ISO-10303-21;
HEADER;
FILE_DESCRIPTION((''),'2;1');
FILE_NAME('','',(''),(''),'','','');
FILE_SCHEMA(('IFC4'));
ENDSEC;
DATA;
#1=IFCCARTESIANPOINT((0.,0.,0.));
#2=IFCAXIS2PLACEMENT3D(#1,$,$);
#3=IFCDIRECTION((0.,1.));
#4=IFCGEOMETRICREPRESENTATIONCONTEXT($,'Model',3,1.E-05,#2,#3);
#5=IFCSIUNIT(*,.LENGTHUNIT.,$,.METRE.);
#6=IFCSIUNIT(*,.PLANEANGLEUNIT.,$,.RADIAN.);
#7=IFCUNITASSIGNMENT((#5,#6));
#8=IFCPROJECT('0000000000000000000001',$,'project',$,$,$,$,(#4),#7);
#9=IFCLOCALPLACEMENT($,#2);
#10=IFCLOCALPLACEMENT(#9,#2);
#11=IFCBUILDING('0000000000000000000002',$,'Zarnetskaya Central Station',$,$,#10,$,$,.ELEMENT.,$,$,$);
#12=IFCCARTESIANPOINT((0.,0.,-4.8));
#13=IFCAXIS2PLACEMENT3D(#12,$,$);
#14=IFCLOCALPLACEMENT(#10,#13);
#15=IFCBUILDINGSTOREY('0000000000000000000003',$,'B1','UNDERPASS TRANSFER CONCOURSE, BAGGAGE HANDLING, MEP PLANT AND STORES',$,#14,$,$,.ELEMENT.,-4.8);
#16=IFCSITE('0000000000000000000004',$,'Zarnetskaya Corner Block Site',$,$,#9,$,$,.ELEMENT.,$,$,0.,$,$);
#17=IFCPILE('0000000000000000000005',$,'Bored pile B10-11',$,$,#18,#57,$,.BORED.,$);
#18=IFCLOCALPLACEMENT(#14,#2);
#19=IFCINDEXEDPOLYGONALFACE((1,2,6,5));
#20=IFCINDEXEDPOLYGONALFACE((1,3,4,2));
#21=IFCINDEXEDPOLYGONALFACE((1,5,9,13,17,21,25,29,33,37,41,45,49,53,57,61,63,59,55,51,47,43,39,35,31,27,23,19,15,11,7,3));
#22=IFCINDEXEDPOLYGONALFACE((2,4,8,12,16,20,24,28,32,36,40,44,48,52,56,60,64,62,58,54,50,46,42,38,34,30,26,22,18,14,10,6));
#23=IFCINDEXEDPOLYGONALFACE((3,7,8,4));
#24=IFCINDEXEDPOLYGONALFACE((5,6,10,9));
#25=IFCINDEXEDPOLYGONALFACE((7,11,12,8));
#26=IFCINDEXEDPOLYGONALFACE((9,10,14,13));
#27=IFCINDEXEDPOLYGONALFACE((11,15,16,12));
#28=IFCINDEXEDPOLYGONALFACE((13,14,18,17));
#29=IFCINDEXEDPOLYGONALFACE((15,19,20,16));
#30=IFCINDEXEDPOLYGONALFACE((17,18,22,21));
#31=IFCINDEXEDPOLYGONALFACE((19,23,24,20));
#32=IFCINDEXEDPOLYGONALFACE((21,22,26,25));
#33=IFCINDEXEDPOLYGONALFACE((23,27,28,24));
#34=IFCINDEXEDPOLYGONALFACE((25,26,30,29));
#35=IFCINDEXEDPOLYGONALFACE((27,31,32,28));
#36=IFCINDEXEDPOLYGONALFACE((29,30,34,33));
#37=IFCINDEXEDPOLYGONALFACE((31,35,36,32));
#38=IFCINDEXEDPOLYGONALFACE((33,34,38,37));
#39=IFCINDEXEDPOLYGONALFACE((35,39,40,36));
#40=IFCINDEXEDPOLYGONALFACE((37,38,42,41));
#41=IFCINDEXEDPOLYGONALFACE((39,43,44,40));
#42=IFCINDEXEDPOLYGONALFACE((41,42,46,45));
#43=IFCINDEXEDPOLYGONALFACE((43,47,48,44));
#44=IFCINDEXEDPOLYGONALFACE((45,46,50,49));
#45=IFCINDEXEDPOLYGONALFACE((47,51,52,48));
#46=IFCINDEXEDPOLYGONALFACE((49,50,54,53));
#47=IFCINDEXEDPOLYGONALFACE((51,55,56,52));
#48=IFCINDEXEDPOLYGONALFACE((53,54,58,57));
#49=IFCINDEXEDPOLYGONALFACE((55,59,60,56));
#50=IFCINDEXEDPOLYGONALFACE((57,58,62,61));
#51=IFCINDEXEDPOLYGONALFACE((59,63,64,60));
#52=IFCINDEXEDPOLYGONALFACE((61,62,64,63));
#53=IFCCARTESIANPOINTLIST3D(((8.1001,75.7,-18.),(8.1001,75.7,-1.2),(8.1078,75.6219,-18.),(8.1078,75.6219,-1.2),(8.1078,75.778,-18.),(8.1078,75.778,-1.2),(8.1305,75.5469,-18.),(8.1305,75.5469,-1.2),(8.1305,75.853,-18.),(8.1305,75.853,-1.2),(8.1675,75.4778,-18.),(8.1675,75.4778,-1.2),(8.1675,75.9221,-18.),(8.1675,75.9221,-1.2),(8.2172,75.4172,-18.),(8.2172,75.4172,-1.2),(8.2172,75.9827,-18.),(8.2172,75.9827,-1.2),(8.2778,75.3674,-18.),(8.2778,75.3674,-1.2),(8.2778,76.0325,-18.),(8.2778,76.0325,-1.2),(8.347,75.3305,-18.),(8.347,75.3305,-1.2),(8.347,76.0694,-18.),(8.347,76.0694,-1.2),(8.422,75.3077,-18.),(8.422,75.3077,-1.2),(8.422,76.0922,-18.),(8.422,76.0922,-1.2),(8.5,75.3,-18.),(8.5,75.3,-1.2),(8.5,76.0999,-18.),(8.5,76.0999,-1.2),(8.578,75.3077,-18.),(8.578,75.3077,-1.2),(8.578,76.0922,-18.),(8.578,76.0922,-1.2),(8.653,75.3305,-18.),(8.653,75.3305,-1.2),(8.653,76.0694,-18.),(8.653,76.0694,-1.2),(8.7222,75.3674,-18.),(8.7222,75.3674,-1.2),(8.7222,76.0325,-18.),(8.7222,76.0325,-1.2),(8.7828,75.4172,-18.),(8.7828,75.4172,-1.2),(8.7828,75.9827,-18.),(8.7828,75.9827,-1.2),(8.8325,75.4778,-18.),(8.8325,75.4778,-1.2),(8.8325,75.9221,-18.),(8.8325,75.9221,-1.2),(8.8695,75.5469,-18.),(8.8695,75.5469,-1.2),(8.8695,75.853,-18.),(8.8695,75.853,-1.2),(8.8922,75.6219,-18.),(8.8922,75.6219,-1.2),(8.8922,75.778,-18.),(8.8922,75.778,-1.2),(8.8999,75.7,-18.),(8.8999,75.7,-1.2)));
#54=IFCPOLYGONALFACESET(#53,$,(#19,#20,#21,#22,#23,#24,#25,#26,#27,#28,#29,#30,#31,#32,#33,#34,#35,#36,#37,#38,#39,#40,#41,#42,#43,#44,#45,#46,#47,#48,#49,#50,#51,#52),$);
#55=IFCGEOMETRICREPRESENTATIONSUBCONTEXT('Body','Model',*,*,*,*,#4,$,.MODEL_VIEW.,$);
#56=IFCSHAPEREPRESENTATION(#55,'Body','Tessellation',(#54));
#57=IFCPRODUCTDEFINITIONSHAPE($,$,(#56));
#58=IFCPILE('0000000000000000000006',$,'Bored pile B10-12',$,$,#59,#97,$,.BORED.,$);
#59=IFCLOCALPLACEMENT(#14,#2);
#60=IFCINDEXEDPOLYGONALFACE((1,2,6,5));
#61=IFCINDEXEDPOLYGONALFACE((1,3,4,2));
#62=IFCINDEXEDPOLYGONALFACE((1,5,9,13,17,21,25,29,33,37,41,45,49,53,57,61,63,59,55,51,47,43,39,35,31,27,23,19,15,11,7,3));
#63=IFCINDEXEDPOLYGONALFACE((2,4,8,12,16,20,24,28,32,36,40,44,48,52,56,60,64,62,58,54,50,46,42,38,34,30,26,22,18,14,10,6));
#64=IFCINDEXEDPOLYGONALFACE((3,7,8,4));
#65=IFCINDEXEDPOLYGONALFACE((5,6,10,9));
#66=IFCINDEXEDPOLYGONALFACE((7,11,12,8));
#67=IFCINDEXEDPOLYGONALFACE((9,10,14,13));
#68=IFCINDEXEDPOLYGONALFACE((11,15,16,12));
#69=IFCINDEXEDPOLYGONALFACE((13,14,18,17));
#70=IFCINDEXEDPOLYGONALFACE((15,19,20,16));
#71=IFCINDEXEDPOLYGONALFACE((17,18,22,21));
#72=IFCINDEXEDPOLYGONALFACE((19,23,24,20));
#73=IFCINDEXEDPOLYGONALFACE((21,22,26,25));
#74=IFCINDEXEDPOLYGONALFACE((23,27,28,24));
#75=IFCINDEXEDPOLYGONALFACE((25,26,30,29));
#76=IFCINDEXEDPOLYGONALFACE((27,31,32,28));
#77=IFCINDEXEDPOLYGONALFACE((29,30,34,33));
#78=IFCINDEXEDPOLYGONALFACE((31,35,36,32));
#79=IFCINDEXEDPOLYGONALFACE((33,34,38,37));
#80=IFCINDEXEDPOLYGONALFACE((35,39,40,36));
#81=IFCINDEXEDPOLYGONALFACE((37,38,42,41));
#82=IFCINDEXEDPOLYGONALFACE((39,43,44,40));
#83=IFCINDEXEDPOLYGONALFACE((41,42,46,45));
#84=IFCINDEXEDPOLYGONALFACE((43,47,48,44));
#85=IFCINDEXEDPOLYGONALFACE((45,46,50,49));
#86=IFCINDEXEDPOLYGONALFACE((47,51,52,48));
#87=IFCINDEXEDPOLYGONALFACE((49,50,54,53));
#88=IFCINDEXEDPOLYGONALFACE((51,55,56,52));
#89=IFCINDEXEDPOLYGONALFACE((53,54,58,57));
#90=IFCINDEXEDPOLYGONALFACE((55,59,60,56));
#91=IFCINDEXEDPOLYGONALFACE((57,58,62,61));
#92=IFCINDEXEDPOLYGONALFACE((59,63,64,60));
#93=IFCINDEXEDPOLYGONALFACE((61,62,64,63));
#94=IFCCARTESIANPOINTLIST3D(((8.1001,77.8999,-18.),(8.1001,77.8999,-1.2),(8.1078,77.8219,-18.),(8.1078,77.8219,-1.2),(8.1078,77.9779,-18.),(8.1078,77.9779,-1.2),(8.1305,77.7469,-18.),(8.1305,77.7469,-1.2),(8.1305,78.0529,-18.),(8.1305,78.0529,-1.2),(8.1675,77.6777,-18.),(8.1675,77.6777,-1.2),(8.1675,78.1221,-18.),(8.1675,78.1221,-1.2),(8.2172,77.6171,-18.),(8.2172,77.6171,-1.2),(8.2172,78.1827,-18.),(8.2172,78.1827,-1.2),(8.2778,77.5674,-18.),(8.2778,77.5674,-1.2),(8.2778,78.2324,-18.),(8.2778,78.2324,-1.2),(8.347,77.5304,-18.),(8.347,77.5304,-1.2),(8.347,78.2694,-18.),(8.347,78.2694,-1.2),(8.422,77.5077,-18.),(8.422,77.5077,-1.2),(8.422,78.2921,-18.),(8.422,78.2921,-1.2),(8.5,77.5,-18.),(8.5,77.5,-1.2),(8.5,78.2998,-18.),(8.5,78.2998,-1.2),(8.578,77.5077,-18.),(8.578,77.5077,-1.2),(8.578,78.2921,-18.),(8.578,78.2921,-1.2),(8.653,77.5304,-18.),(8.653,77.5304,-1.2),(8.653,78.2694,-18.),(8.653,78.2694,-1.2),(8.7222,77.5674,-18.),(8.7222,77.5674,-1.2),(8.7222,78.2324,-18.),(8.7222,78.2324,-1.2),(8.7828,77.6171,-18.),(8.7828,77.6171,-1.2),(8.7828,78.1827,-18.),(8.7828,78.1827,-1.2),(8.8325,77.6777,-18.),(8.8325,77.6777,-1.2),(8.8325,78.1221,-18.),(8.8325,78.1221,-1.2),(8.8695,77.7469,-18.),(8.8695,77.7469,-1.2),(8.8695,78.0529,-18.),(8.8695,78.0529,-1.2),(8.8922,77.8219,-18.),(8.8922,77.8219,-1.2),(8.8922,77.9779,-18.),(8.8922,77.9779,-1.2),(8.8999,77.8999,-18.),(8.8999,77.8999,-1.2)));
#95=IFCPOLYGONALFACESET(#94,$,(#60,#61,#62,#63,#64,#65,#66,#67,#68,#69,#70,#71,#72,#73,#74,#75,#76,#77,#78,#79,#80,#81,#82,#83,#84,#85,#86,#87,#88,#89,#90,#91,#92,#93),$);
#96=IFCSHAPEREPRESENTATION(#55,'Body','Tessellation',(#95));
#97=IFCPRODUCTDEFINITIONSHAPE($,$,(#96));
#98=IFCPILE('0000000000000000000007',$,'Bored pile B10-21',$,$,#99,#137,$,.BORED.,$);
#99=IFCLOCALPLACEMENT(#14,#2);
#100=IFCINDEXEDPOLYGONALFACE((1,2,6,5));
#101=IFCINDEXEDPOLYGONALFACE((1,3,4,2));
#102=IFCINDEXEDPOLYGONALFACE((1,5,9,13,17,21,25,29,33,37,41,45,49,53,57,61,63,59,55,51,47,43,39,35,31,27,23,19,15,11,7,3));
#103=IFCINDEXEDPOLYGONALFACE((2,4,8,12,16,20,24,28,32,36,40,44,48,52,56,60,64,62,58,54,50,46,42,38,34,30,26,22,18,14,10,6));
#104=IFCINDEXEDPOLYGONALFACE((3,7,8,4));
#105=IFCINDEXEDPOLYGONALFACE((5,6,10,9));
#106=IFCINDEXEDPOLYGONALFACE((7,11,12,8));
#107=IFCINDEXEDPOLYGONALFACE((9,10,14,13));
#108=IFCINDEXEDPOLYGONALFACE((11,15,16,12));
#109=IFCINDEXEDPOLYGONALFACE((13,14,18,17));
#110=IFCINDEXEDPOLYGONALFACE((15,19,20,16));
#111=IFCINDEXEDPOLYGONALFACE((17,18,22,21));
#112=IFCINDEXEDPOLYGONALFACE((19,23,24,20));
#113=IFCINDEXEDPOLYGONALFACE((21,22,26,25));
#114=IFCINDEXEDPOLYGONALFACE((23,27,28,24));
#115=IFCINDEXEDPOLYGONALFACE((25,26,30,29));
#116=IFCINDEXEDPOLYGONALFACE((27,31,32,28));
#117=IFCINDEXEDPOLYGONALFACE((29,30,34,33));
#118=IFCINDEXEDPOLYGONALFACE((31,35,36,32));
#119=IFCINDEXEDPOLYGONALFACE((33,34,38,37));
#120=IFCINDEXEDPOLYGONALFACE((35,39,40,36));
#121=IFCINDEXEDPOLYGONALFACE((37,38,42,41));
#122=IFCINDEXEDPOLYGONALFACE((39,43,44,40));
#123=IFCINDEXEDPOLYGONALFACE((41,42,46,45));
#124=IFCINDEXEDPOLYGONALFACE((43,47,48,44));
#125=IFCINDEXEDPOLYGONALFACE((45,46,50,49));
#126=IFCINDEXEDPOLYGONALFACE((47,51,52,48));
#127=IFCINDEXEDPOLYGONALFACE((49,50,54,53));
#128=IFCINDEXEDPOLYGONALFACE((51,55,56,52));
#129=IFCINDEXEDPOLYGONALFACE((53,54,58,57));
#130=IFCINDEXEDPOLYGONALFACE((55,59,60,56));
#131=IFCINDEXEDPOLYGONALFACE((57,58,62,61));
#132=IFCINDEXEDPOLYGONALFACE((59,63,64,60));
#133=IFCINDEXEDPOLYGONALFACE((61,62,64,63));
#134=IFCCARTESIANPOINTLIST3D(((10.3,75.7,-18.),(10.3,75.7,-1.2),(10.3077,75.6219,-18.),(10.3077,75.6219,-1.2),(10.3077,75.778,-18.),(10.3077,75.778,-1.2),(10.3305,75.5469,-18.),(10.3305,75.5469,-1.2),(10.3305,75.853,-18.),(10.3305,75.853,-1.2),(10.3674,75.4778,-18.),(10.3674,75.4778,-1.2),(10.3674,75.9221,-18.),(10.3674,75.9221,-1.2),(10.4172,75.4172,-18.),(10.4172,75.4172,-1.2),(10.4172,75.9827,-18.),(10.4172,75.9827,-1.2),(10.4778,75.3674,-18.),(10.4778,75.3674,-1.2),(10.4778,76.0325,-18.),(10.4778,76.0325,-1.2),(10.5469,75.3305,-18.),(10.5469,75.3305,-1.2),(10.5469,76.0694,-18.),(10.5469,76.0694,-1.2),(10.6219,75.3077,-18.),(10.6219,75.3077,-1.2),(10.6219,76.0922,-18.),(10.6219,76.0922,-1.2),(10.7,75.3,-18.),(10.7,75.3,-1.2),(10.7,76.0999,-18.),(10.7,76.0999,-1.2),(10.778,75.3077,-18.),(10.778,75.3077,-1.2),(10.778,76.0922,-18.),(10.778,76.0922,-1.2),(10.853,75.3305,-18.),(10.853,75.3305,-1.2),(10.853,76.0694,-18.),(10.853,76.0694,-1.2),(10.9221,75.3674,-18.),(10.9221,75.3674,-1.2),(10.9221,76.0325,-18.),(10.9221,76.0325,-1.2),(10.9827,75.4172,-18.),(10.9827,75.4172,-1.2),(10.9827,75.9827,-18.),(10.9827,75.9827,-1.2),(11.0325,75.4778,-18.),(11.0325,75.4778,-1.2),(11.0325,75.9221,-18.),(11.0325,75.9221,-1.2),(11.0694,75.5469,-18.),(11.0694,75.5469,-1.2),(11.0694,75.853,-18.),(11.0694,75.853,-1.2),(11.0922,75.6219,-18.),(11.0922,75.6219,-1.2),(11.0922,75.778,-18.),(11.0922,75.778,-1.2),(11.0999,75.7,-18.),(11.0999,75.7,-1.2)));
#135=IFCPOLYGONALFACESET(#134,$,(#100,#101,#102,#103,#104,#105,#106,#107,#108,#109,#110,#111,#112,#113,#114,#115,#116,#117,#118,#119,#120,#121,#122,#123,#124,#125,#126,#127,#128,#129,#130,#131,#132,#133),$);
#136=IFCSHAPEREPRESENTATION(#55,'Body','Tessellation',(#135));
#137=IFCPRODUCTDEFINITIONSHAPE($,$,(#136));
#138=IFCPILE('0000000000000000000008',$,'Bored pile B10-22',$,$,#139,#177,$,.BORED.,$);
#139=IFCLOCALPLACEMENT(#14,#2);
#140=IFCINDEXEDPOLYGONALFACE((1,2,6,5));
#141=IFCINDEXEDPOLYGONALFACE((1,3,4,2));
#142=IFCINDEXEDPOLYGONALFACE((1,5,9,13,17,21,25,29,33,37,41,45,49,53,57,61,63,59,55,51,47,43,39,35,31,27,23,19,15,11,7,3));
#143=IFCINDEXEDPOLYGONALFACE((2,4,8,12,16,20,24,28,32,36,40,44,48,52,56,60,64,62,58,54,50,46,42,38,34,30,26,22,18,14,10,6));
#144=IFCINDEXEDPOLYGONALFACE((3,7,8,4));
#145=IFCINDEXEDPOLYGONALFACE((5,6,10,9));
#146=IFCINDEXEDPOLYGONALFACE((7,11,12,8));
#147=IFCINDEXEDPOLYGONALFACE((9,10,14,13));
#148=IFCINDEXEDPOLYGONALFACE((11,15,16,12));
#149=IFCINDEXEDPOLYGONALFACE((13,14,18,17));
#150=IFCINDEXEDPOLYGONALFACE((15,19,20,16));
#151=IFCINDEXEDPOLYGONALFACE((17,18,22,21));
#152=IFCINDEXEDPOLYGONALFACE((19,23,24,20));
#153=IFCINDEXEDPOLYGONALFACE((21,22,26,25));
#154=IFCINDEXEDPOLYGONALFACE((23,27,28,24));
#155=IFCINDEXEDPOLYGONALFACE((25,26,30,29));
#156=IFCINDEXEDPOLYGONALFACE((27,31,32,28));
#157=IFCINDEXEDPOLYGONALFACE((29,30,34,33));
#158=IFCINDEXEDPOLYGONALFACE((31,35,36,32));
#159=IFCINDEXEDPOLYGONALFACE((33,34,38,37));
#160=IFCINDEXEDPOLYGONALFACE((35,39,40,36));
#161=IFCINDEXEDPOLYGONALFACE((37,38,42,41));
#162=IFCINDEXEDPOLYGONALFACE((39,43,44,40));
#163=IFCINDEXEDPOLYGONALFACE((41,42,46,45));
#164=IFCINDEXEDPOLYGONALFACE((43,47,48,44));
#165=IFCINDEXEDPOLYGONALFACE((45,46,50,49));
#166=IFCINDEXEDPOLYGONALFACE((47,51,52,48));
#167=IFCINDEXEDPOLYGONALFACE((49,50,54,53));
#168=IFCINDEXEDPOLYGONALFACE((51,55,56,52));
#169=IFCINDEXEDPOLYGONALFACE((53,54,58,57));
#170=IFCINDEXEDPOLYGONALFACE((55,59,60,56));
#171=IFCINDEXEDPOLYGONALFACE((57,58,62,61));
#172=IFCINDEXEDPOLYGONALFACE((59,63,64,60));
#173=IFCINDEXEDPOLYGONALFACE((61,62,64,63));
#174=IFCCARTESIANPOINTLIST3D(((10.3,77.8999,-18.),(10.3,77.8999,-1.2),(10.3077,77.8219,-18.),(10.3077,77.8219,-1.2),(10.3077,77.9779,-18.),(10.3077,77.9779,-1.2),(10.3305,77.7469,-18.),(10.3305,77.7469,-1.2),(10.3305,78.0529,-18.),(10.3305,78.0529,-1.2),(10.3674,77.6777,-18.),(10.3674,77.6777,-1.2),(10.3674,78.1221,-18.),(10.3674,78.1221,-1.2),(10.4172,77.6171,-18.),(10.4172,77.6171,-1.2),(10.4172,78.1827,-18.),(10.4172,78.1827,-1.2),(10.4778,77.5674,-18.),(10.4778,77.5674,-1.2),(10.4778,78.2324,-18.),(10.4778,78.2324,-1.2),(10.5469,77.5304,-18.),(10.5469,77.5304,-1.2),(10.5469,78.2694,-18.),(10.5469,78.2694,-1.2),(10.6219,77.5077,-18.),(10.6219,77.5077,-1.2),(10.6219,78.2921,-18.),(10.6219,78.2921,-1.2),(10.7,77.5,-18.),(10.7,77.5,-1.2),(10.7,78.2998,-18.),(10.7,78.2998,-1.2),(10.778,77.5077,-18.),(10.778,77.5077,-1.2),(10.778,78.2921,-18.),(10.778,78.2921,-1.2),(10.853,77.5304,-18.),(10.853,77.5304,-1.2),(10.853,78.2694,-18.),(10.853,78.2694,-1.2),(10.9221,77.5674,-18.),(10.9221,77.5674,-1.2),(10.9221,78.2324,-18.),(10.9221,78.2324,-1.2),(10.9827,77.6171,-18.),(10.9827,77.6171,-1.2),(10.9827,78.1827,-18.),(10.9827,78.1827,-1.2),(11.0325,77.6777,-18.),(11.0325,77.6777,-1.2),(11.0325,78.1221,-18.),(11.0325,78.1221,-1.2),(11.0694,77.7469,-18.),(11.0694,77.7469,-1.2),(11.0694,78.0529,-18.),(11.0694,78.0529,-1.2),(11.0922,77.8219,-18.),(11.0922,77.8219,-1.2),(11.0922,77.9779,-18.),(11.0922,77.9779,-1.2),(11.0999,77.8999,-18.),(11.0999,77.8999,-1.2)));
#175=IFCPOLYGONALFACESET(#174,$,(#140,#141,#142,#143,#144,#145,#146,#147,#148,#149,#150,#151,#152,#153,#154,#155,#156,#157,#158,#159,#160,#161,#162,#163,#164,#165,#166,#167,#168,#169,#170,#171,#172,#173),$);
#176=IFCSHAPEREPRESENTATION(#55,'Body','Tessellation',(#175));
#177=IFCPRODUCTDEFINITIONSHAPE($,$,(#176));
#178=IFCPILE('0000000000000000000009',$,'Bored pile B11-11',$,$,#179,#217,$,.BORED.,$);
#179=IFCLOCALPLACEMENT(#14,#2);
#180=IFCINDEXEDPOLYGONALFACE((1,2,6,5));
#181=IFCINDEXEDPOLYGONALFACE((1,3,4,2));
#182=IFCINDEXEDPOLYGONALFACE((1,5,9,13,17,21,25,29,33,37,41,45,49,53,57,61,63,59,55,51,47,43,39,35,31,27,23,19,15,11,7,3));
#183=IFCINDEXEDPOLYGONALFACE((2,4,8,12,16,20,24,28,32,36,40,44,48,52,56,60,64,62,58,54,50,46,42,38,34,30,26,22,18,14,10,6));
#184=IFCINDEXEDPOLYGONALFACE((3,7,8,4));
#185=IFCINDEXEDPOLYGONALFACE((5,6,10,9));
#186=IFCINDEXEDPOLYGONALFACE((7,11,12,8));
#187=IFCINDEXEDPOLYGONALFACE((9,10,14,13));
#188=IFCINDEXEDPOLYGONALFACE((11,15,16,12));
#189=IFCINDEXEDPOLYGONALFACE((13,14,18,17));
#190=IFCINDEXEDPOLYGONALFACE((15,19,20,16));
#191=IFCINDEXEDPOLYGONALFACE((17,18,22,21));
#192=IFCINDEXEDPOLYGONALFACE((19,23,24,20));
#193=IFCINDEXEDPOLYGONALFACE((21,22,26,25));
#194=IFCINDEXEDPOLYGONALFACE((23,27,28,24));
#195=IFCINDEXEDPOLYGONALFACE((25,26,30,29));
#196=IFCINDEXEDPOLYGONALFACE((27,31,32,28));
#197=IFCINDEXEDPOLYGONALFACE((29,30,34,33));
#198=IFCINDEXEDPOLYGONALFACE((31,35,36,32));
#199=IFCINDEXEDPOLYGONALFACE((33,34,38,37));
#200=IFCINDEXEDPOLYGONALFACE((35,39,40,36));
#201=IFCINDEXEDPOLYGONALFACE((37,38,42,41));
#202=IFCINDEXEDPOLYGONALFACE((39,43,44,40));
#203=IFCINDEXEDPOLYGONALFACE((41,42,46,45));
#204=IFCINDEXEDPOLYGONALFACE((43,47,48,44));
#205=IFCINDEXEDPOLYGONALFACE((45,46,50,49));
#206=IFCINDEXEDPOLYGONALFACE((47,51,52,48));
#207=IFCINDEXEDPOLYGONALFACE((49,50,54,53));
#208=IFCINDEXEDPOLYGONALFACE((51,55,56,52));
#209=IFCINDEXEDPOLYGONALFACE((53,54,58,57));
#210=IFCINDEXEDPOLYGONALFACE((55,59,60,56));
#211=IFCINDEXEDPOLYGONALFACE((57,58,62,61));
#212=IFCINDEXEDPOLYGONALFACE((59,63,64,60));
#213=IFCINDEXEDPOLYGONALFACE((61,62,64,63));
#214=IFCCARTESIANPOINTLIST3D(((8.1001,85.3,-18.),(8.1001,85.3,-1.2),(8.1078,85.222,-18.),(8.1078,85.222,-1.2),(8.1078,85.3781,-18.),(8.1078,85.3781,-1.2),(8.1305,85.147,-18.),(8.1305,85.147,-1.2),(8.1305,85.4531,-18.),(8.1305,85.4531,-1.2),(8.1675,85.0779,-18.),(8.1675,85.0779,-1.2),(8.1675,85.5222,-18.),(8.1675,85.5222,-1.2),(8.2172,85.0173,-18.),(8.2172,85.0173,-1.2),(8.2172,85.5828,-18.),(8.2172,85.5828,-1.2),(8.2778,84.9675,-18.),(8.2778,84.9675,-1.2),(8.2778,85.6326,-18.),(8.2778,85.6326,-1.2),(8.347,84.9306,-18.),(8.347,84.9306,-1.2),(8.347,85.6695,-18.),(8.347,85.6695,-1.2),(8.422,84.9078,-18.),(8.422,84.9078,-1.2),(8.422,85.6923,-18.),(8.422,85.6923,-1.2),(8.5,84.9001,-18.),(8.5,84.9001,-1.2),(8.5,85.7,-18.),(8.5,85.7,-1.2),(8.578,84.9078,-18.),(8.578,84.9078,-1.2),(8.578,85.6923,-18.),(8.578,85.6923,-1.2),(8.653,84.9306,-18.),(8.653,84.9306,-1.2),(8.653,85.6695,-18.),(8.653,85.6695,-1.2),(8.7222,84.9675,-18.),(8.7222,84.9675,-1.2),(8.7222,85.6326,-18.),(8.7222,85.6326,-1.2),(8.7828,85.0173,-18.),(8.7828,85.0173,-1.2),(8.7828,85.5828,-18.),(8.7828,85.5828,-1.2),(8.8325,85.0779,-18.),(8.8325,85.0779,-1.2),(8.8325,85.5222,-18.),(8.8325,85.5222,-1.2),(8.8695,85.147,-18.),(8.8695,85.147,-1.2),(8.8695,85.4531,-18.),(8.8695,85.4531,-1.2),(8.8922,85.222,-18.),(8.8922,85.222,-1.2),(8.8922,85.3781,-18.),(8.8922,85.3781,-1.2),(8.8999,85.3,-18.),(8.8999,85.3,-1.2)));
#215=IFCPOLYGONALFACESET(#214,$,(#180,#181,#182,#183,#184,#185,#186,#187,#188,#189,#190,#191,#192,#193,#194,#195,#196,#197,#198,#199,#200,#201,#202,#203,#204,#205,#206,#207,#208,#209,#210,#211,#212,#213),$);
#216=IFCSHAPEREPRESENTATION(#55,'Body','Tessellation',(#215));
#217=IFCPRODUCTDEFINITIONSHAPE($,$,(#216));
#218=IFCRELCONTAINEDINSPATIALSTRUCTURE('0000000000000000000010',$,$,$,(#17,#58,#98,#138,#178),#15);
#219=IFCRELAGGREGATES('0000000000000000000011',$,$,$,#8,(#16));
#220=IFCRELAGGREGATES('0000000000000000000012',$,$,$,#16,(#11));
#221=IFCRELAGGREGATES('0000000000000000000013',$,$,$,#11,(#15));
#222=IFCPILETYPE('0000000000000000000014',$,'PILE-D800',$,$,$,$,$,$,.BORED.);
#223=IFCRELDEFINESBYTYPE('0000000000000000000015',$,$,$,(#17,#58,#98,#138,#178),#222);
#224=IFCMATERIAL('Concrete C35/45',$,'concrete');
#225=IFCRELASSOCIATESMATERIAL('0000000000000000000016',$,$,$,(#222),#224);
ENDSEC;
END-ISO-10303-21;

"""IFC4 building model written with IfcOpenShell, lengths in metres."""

from ifc_helpers import new_model, si_unit, direction, frame, origin, origin_2d, place, context, subcontext, project, spatial, circle, extrude, material, material_profile, profile_set, type_object, element, save


model = new_model("IFC4")

# Units and contexts
model_context = context("Model", 3, precision=1e-05, world=origin(), true_north=direction((0.0, 1.0)))
body_context = subcontext(model_context, "Body", "Model", "MODEL_VIEW")
ifc_project = project(units=[si_unit("LENGTHUNIT", "METRE"), si_unit("PLANEANGLEUNIT", "RADIAN")], contexts=[model_context])

# Site, building, storey
site_placement = place(None, origin())
site = spatial("IfcSite", under=ifc_project, at=site_placement, Name="Zarnetskaya Corner Block Site", CompositionType="ELEMENT", RefElevation=0.0)
building_placement = place(site_placement, origin())
building = spatial("IfcBuilding", under=site, at=building_placement, Name="Zarnetskaya Central Station", CompositionType="ELEMENT")
storey_placement = place(building_placement, frame((0.0, 0.0, -4.8)))
storey = spatial("IfcBuildingStorey", under=building, at=storey_placement, Name="B1", Description="UNDERPASS TRANSFER CONCOURSE, BAGGAGE HANDLING, MEP PLANT AND STORES", CompositionType="ELEMENT", Elevation=-4.8)

# Shared definitions
ifc_material = material(Name="Concrete C35/45", Category="concrete")

# Piles
ifc_material_profile_1 = material_profile(ifc_material, circle(Radius=0.3999, at=origin_2d()), Name="BORED PILE D800")
ifc_profile_set_1 = profile_set([ifc_material_profile_1], Name="Concrete C35/45")
pile_type_1 = type_object("IfcPileType", Name="PILE-D800", PredefinedType="BORED", material=ifc_profile_set_1)
for number, where, z_axis, x_axis, name in (
    (1, (8.5, 75.7, -1.2), (0.0, 0.0, -1.0), (1.0, 0.0, 0.0), "Bored pile B10-11"),
    (2, (8.5, 77.8999, -1.2), (0.0, 0.0, -1.0), (1.0, 0.0, 0.0), "Bored pile B10-12"),
    (3, (10.7, 75.7, -1.2), (0.0, 0.0, -1.0), (1.0, 0.0, 0.0), "Bored pile B10-21"),
    (4, (10.7, 77.8999, -1.2), (0.0, 0.0, -1.0), (1.0, 0.0, 0.0), "Bored pile B10-22"),
    (5, (8.5, 85.3, -1.2), (0.0, 0.0, -1.0), (1.0, 0.0, 0.0), "Bored pile B11-11"),
):
    element("IfcPile", number, at=place(storey_placement, frame(where, z_axis=z_axis, x_axis=x_axis)), inside=storey, type_object=pile_type_1, Name=name, PredefinedType="BORED", context=body_context, shape_type="SweptSolid", body=[
        extrude(circle(Radius=0.3999, at=origin_2d()), origin(), (0.0, 0.0, 1.0), 16.8),
    ])

save(model, "model.ifc")
